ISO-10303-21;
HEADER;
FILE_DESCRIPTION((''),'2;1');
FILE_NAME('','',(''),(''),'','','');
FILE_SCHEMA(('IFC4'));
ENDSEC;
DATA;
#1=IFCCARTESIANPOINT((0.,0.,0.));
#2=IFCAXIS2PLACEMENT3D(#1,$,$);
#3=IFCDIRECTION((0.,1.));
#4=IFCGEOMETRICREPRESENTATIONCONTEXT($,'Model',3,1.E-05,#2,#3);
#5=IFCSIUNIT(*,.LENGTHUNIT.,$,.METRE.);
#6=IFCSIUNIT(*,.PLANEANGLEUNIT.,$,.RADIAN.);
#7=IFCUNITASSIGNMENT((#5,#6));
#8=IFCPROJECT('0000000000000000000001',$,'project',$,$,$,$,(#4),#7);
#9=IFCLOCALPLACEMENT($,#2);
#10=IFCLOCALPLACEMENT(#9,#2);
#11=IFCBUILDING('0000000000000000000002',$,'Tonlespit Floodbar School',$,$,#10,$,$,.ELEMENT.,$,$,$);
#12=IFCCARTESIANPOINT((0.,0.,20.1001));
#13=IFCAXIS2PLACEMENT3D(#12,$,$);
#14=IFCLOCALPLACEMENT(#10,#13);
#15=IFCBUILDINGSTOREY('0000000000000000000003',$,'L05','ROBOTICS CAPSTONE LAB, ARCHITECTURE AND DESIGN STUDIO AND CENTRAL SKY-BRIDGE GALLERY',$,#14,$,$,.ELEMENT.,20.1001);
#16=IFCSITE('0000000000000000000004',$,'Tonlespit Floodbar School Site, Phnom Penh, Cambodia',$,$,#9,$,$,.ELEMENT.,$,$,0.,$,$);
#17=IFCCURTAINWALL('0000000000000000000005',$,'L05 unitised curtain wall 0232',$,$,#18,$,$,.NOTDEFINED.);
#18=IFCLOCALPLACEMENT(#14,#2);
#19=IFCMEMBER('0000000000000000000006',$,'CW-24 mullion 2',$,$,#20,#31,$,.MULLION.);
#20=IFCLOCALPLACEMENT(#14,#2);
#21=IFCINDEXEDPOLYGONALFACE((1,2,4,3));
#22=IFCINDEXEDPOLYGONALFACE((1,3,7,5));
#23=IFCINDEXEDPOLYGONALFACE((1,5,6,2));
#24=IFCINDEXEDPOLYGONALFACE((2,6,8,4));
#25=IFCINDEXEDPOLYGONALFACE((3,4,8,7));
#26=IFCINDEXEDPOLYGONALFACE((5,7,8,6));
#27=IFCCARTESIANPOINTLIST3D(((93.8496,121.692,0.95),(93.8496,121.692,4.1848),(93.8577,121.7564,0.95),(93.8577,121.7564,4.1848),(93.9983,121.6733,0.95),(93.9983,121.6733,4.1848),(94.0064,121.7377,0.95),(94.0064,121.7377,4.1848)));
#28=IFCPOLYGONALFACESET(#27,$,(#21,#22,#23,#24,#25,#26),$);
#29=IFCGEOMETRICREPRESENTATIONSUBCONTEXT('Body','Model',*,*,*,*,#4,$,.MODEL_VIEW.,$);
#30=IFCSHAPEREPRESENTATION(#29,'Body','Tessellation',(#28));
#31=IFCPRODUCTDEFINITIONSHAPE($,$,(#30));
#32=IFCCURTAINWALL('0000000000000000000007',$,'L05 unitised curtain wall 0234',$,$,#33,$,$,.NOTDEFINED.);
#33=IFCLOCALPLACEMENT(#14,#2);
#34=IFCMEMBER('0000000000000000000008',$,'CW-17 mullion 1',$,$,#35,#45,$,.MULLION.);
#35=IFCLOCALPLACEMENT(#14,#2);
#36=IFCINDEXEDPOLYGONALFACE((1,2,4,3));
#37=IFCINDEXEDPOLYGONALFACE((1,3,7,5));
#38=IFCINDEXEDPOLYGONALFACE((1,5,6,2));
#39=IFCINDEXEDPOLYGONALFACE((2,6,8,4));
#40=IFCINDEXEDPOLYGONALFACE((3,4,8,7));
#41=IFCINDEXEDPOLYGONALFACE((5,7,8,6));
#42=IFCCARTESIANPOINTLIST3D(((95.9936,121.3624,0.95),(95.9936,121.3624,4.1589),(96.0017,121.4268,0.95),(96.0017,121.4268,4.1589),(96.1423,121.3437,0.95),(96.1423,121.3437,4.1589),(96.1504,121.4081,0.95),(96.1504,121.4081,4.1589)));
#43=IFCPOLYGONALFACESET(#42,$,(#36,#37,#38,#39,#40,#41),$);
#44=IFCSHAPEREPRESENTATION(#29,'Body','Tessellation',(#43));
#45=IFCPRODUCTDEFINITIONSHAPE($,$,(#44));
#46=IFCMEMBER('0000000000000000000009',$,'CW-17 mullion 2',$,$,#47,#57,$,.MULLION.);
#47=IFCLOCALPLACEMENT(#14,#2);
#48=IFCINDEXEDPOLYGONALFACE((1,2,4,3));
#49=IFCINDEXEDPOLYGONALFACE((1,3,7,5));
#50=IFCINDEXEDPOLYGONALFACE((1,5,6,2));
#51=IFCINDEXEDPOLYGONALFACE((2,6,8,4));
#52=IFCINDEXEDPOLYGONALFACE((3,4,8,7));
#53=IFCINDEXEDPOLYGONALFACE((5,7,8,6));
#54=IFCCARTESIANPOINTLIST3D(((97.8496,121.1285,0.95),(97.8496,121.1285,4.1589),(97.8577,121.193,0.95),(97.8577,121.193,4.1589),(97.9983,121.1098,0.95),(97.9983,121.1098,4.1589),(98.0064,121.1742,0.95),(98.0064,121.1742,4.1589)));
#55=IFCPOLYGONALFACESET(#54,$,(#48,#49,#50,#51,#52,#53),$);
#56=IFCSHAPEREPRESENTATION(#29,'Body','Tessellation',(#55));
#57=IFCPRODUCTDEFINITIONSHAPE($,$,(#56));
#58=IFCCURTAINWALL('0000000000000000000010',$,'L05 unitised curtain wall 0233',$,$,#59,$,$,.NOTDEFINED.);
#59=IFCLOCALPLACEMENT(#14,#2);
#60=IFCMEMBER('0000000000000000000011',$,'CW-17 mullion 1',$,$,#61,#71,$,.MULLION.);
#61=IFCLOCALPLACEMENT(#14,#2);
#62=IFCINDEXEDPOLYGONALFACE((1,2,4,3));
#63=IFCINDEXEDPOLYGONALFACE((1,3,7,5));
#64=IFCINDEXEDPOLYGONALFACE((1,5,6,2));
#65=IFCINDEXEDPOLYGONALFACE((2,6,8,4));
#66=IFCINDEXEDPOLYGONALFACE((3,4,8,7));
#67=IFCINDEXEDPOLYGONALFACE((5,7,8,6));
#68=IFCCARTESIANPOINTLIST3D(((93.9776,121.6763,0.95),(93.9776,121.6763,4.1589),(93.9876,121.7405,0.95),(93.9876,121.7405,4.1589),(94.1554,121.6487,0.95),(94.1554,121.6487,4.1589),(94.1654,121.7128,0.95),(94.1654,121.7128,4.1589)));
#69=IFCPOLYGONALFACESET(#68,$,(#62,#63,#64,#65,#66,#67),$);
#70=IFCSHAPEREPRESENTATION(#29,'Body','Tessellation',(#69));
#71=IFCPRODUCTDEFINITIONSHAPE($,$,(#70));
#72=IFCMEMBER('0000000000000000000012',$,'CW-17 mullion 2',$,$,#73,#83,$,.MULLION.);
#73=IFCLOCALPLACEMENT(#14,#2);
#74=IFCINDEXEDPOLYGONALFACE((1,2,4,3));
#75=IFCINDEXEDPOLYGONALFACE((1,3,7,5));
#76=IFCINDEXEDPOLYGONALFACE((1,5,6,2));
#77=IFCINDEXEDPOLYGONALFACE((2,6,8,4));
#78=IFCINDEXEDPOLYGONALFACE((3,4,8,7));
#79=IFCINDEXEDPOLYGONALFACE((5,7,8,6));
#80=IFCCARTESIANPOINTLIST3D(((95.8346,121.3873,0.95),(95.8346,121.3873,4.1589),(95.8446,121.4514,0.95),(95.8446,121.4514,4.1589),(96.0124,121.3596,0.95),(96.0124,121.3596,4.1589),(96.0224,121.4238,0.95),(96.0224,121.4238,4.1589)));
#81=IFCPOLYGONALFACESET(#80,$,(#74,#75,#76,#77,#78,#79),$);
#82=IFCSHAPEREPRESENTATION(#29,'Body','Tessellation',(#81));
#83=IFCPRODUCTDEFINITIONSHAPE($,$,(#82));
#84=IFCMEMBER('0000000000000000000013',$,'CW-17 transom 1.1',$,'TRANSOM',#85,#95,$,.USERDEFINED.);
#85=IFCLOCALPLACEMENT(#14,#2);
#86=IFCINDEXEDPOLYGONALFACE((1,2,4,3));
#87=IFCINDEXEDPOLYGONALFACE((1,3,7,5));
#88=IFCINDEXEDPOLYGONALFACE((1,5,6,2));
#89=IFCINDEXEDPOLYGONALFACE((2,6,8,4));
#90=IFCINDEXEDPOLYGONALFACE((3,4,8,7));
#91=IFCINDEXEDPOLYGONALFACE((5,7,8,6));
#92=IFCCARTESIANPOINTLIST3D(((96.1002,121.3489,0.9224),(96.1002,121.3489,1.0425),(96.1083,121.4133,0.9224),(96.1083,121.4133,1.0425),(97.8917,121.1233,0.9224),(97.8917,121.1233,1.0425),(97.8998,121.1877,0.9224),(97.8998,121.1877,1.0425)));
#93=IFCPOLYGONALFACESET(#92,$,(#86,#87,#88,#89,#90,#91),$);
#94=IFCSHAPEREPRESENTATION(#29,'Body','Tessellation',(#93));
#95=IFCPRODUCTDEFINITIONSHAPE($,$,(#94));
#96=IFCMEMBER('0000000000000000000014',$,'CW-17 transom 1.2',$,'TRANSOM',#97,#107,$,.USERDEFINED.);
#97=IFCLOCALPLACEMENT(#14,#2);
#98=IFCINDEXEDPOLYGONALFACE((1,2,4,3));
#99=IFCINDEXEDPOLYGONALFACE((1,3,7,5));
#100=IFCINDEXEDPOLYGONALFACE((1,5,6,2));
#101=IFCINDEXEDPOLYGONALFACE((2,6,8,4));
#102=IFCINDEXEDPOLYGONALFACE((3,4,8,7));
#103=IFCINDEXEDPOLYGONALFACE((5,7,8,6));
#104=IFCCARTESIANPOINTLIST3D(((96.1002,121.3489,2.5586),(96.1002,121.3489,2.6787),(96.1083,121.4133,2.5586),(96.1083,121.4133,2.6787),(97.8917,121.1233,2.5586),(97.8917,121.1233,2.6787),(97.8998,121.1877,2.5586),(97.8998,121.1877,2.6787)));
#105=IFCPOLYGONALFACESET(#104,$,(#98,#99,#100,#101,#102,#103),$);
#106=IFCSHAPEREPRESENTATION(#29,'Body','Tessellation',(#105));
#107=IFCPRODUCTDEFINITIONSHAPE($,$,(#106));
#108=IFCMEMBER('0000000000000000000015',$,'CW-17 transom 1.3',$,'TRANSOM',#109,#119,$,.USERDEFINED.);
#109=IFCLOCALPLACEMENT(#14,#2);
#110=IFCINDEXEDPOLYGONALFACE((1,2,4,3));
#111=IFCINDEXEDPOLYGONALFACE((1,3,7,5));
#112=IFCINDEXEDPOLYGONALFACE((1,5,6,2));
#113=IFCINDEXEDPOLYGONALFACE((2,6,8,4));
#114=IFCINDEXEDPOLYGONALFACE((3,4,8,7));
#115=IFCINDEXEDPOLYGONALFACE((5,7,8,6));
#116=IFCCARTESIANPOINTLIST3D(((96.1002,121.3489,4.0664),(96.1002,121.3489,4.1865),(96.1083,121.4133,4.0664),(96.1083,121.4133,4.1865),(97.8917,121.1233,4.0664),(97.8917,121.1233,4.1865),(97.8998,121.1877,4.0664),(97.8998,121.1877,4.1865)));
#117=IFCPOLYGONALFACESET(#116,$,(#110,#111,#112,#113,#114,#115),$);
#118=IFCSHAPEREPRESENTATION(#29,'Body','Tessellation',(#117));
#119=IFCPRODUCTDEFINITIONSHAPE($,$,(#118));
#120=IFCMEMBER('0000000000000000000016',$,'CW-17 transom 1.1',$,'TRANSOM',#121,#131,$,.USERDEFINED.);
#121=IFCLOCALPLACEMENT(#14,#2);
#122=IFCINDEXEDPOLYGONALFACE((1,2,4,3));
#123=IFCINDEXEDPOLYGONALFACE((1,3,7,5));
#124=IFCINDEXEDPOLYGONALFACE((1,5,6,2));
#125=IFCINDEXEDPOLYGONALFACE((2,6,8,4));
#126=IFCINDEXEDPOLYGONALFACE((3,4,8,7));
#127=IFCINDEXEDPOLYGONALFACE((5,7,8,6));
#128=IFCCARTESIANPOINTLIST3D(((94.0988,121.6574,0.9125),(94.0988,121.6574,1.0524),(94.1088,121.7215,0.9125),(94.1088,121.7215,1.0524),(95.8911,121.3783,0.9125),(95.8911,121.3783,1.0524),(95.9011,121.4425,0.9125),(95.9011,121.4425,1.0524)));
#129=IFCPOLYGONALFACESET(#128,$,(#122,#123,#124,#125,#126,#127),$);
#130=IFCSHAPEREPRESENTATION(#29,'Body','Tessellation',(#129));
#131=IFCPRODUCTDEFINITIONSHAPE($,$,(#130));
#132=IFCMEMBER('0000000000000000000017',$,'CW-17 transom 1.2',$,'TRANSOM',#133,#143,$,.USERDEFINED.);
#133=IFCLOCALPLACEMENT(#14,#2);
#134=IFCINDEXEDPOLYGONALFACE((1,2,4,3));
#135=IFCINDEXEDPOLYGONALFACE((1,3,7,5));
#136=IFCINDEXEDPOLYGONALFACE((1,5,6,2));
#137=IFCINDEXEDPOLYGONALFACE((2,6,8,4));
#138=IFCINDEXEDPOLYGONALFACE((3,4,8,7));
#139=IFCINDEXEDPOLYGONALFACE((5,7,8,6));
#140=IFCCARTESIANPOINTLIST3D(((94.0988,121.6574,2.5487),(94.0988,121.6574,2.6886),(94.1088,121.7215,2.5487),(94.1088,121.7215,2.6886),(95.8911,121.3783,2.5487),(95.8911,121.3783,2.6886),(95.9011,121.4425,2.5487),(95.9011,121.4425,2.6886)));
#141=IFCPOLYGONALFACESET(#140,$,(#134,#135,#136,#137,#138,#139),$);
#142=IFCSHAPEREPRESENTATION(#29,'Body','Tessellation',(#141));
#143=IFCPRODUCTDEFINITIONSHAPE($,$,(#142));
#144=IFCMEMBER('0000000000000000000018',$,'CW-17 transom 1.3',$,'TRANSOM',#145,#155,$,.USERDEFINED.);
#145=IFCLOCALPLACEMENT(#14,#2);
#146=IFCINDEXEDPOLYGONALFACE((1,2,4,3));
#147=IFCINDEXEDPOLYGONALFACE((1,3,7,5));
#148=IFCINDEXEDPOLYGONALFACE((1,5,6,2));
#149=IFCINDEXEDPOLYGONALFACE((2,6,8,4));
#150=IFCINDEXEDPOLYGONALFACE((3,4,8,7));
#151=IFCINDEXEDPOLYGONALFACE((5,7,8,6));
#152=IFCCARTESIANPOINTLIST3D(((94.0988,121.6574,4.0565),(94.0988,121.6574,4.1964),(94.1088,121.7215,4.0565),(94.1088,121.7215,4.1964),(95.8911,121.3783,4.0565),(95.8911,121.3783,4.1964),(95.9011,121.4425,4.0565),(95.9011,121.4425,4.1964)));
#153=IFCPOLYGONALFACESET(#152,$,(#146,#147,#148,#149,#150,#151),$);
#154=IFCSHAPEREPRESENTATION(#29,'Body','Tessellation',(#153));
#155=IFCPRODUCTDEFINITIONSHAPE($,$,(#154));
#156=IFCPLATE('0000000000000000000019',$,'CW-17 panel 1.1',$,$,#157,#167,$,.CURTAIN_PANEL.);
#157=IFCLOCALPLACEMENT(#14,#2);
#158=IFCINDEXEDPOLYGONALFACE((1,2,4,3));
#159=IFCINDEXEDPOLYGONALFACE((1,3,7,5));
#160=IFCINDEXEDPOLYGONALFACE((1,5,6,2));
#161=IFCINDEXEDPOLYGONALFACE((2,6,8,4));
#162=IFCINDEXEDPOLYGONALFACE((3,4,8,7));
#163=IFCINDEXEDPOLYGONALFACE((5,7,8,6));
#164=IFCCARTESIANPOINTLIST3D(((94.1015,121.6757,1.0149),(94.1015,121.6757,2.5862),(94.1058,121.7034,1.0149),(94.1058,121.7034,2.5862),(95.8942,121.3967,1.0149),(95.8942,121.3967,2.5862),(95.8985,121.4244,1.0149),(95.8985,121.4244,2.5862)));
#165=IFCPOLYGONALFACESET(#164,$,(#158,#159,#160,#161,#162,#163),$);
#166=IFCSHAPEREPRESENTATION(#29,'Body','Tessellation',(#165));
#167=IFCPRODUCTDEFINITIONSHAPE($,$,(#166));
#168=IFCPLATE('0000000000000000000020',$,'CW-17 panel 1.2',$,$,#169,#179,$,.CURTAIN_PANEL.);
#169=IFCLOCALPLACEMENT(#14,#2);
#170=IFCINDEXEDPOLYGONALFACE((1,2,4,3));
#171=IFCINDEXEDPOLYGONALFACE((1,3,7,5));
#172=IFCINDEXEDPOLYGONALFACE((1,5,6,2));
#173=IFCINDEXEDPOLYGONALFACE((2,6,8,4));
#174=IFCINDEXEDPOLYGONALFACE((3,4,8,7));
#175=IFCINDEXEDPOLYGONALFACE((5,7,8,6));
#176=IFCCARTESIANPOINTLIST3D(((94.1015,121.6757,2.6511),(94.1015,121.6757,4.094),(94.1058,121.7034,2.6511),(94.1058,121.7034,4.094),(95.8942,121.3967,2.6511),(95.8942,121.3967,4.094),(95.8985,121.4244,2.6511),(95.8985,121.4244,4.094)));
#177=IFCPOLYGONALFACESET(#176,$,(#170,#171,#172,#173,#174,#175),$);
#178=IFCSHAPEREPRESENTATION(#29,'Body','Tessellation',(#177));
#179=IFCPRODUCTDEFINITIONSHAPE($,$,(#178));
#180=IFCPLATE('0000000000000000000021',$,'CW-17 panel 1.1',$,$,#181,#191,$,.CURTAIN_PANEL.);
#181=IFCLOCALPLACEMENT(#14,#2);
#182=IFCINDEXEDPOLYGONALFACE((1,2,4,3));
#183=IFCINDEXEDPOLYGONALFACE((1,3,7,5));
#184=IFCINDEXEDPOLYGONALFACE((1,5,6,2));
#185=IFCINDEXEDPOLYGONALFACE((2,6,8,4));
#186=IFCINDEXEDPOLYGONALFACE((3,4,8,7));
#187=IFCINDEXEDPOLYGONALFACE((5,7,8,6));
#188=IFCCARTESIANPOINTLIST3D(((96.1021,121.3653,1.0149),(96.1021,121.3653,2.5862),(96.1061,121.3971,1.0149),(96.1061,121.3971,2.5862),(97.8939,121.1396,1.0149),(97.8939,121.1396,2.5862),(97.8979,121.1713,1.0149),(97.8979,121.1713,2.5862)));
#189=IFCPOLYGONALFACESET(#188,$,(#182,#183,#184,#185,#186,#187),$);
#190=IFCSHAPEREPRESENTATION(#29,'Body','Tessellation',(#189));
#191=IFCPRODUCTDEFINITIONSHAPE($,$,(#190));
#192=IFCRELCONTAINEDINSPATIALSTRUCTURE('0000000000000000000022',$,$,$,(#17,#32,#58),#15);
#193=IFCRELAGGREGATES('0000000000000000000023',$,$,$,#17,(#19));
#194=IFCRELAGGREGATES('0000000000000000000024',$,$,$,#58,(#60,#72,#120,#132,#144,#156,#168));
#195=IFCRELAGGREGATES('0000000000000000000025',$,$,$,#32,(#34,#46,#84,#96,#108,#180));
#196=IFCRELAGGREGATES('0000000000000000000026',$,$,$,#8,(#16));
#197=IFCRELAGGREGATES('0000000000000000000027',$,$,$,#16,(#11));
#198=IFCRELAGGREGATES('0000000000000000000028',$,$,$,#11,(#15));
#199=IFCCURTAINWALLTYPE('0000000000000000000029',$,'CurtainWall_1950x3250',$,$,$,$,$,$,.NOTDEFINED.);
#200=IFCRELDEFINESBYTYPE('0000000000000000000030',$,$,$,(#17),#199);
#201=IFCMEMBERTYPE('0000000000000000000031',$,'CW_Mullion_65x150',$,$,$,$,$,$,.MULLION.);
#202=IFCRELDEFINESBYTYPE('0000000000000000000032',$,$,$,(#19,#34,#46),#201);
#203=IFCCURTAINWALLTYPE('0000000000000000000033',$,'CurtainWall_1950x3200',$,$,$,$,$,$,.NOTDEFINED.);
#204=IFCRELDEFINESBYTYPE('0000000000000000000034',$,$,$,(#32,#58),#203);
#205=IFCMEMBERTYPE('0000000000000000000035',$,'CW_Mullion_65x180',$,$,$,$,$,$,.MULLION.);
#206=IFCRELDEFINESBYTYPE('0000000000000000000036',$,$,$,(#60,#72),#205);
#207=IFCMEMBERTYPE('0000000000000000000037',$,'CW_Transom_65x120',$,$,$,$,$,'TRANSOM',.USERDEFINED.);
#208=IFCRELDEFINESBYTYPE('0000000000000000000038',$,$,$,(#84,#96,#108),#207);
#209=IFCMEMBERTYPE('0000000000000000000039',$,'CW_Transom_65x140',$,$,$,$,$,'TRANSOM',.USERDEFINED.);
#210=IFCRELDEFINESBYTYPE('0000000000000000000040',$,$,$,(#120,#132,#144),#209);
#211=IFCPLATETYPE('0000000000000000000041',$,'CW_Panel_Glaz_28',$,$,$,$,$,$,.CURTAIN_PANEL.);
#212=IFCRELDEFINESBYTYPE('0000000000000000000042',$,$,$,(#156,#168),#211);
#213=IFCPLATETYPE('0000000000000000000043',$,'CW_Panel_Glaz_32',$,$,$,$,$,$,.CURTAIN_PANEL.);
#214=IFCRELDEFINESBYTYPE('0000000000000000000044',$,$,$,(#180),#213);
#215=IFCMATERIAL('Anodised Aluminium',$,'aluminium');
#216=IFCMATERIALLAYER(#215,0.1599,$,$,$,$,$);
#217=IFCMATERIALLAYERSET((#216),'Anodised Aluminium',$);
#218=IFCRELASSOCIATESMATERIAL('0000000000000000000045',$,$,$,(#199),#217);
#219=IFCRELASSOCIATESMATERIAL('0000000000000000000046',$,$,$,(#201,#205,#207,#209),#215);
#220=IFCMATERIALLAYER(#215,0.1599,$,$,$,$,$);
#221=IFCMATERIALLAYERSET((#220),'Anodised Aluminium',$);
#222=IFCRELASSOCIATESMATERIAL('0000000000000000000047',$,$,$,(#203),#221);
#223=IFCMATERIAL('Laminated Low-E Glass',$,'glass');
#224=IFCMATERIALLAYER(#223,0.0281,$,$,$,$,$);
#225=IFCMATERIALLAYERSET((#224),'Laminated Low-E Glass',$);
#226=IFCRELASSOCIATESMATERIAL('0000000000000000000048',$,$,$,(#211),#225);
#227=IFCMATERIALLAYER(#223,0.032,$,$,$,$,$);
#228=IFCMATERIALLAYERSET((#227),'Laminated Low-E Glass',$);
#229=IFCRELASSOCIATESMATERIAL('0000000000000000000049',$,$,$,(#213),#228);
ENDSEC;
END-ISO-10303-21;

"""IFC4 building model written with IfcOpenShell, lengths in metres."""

from ifc_helpers import new_model, si_unit, direction, frame, origin, origin_2d, place, context, subcontext, project, spatial, rectangle, extrude, material, layer, layer_set, material_profile, profile_set, type_object, element, aggregate, save


model = new_model("IFC4")

# Units and contexts
model_context = context("Model", 3, precision=1e-05, world=origin(), true_north=direction((0.0, 1.0)))
body_context = subcontext(model_context, "Body", "Model", "MODEL_VIEW")
ifc_project = project(units=[si_unit("LENGTHUNIT", "METRE"), si_unit("PLANEANGLEUNIT", "RADIAN")], contexts=[model_context])

# Site, building, storey
site_placement = place(None, origin())
site = spatial("IfcSite", under=ifc_project, at=site_placement, Name="Tonlespit Floodbar School Site, Phnom Penh, Cambodia", CompositionType="ELEMENT", RefElevation=0.0)
building_placement = place(site_placement, origin())
building = spatial("IfcBuilding", under=site, at=building_placement, Name="Tonlespit Floodbar School", CompositionType="ELEMENT")
storey_placement = place(building_placement, frame((0.0, 0.0, 20.1001)))
storey = spatial("IfcBuildingStorey", under=building, at=storey_placement, Name="L05", Description="ROBOTICS CAPSTONE LAB, ARCHITECTURE AND DESIGN STUDIO AND CENTRAL SKY-BRIDGE GALLERY", CompositionType="ELEMENT", Elevation=20.1001)

# Curtain wall, member
ifc_material_1 = material(Name="Anodised Aluminium", Category="aluminium")
ifc_layer_1 = layer(ifc_material_1, 0.1599)
ifc_layer_set_1 = layer_set([ifc_layer_1], Name="Anodised Aluminium")
curtain_wall_type_1 = type_object("IfcCurtainWallType", Name="CurtainWall_1950x3250", PredefinedType="NOTDEFINED", material=ifc_layer_set_1)
curtain_wall_1_placement = place(storey_placement, origin())
curtain_wall_1 = element("IfcCurtainWall", 1, at=curtain_wall_1_placement, inside=storey, type_object=curtain_wall_type_1, Name="L05 unitised curtain wall 0232", PredefinedType="NOTDEFINED")
ifc_material_profile_1 = material_profile(ifc_material_1, rectangle(XDim=0.0649, YDim=0.1499, at=origin_2d()), Name="ALU M65x150")
ifc_profile_set_1 = profile_set([ifc_material_profile_1], Name="Anodised Aluminium")
member_type_1 = type_object("IfcMemberType", Name="CW_Mullion_65x150", PredefinedType="MULLION", material=ifc_profile_set_1)
member_1_placement = place(storey_placement, frame((93.928, 121.7148, 0.95), z_axis=(0.0, 0.0, 1.0), x_axis=(0.125014, 0.992155, 0.0)))
member_1 = element("IfcMember", 2, at=member_1_placement, type_object=member_type_1, Name="CW-24 mullion 2", PredefinedType="MULLION", context=body_context, shape_type="SweptSolid", body=[
    extrude(rectangle(XDim=0.0649, YDim=0.1499, at=origin_2d()), origin(), (0.0, 0.0, 1.0), 3.2349),
])
aggregate(curtain_wall_1, [member_1])

# Curtain walls, members
ifc_layer_2 = layer(ifc_material_1, 0.1599)
ifc_layer_set_2 = layer_set([ifc_layer_2], Name="Anodised Aluminium")
curtain_wall_type_2 = type_object("IfcCurtainWallType", Name="CurtainWall_1950x3200", PredefinedType="NOTDEFINED", material=ifc_layer_set_2)
curtain_wall_2_placement = place(storey_placement, origin())
curtain_wall_2 = element("IfcCurtainWall", 3, at=curtain_wall_2_placement, inside=storey, type_object=curtain_wall_type_2, Name="L05 unitised curtain wall 0234", PredefinedType="NOTDEFINED")
member_2_placement = place(storey_placement, frame((96.072, 121.3853, 0.95), z_axis=(0.0, 0.0, 1.0), x_axis=(0.125014, 0.992155, 0.0)))
member_2 = element("IfcMember", 4, at=member_2_placement, type_object=member_type_1, Name="CW-17 mullion 1", PredefinedType="MULLION", context=body_context, shape_type="SweptSolid", body=[
    extrude(rectangle(XDim=0.0649, YDim=0.1499, at=origin_2d()), origin(), (0.0, 0.0, 1.0), 3.209),
])
member_3_placement = place(storey_placement, frame((97.928, 121.1514, 0.95), z_axis=(0.0, 0.0, 1.0), x_axis=(0.125014, 0.992155, 0.0)))
member_3 = element("IfcMember", 5, at=member_3_placement, type_object=member_type_1, Name="CW-17 mullion 2", PredefinedType="MULLION", context=body_context, shape_type="SweptSolid", body=[
    extrude(rectangle(XDim=0.0649, YDim=0.1499, at=origin_2d()), origin(), (0.0, 0.0, 1.0), 3.209),
])
curtain_wall_3_placement = place(storey_placement, origin())
curtain_wall_3 = element("IfcCurtainWall", 6, at=curtain_wall_3_placement, inside=storey, type_object=curtain_wall_type_2, Name="L05 unitised curtain wall 0233", PredefinedType="NOTDEFINED")
ifc_material_profile_2 = material_profile(ifc_material_1, rectangle(XDim=0.0649, YDim=0.1799, at=origin_2d()), Name="ALU M65x180")
ifc_profile_set_2 = profile_set([ifc_material_profile_2], Name="Anodised Aluminium")
member_type_2 = type_object("IfcMemberType", Name="CW_Mullion_65x180", PredefinedType="MULLION", material=ifc_profile_set_2)
member_4_placement = place(storey_placement, frame((94.0715, 121.6946, 0.95), z_axis=(0.0, 0.0, 1.0), x_axis=(0.153796, 0.988103, 0.0)))
member_4 = element("IfcMember", 7, at=member_4_placement, type_object=member_type_2, Name="CW-17 mullion 1", PredefinedType="MULLION", context=body_context, shape_type="SweptSolid", body=[
    extrude(rectangle(XDim=0.0649, YDim=0.1799, at=origin_2d()), origin(), (0.0, 0.0, 1.0), 3.209),
])
member_5_placement = place(storey_placement, frame((95.9285, 121.4055, 0.95), z_axis=(0.0, 0.0, 1.0), x_axis=(0.153796, 0.988103, 0.0)))
member_5 = element("IfcMember", 8, at=member_5_placement, type_object=member_type_2, Name="CW-17 mullion 2", PredefinedType="MULLION", context=body_context, shape_type="SweptSolid", body=[
    extrude(rectangle(XDim=0.0649, YDim=0.1799, at=origin_2d()), origin(), (0.0, 0.0, 1.0), 3.209),
])

# Members
ifc_material_profile_3 = material_profile(ifc_material_1, rectangle(XDim=0.0649, YDim=0.1201, at=origin_2d()), Name="ALU T65x120")
ifc_profile_set_3 = profile_set([ifc_material_profile_3], Name="Anodised Aluminium")
member_type_3 = type_object("IfcMemberType", Name="CW_Transom_65x120", ElementType="TRANSOM", PredefinedType="USERDEFINED", material=ifc_profile_set_3)
member_6_placement = place(storey_placement, frame((96.1042, 121.3811, 0.9824), z_axis=(0.992165, -0.124933, 0.0), x_axis=(0.124933, 0.992165, 0.0)))
member_6 = element("IfcMember", 9, at=member_6_placement, type_object=member_type_3, Name="CW-17 transom 1.1", ObjectType="TRANSOM", PredefinedType="USERDEFINED", context=body_context, shape_type="SweptSolid", body=[
    extrude(rectangle(XDim=0.0649, YDim=0.1201, at=origin_2d()), origin(), (0.0, 0.0, 1.0), 1.8057),
])
member_7_placement = place(storey_placement, frame((96.1042, 121.3811, 2.6187), z_axis=(0.992165, -0.124933, 0.0), x_axis=(0.124933, 0.992165, 0.0)))
member_7 = element("IfcMember", 10, at=member_7_placement, type_object=member_type_3, Name="CW-17 transom 1.2", ObjectType="TRANSOM", PredefinedType="USERDEFINED", context=body_context, shape_type="SweptSolid", body=[
    extrude(rectangle(XDim=0.0649, YDim=0.1201, at=origin_2d()), origin(), (0.0, 0.0, 1.0), 1.8057),
])
member_8_placement = place(storey_placement, frame((96.1042, 121.3811, 4.1265), z_axis=(0.992165, -0.124933, 0.0), x_axis=(0.124933, 0.992165, 0.0)))
member_8 = element("IfcMember", 11, at=member_8_placement, type_object=member_type_3, Name="CW-17 transom 1.3", ObjectType="TRANSOM", PredefinedType="USERDEFINED", context=body_context, shape_type="SweptSolid", body=[
    extrude(rectangle(XDim=0.0649, YDim=0.1201, at=origin_2d()), origin(), (0.0, 0.0, 1.0), 1.8057),
])
ifc_material_profile_4 = material_profile(ifc_material_1, rectangle(XDim=0.0649, YDim=0.1399, at=origin_2d()), Name="ALU T65x140")
ifc_profile_set_4 = profile_set([ifc_material_profile_4], Name="Anodised Aluminium")
member_type_4 = type_object("IfcMemberType", Name="CW_Transom_65x140", ElementType="TRANSOM", PredefinedType="USERDEFINED", material=ifc_profile_set_4)
member_9_placement = place(storey_placement, frame((94.1038, 121.6895, 0.9824), z_axis=(0.988098, -0.153827, 0.0), x_axis=(0.153827, 0.988098, 0.0)))
member_9 = element("IfcMember", 12, at=member_9_placement, type_object=member_type_4, Name="CW-17 transom 1.1", ObjectType="TRANSOM", PredefinedType="USERDEFINED", context=body_context, shape_type="SweptSolid", body=[
    extrude(rectangle(XDim=0.0649, YDim=0.1399, at=origin_2d()), origin(), (0.0, 0.0, 1.0), 1.814),
])
member_10_placement = place(storey_placement, frame((94.1038, 121.6895, 2.6187), z_axis=(0.988098, -0.153827, 0.0), x_axis=(0.153827, 0.988098, 0.0)))
member_10 = element("IfcMember", 13, at=member_10_placement, type_object=member_type_4, Name="CW-17 transom 1.2", ObjectType="TRANSOM", PredefinedType="USERDEFINED", context=body_context, shape_type="SweptSolid", body=[
    extrude(rectangle(XDim=0.0649, YDim=0.1399, at=origin_2d()), origin(), (0.0, 0.0, 1.0), 1.814),
])
member_11_placement = place(storey_placement, frame((94.1038, 121.6895, 4.1265), z_axis=(0.988098, -0.153827, 0.0), x_axis=(0.153827, 0.988098, 0.0)))
member_11 = element("IfcMember", 14, at=member_11_placement, type_object=member_type_4, Name="CW-17 transom 1.3", ObjectType="TRANSOM", PredefinedType="USERDEFINED", context=body_context, shape_type="SweptSolid", body=[
    extrude(rectangle(XDim=0.0649, YDim=0.1399, at=origin_2d()), origin(), (0.0, 0.0, 1.0), 1.814),
])

# Plates
ifc_material_2 = material(Name="Laminated Low-E Glass", Category="glass")
ifc_layer_3 = layer(ifc_material_2, 0.0281)
ifc_layer_set_3 = layer_set([ifc_layer_3], Name="Laminated Low-E Glass")
plate_type_1 = type_object("IfcPlateType", Name="CW_Panel_Glaz_28", PredefinedType="CURTAIN_PANEL", material=ifc_layer_set_3)
plate_1_placement = place(storey_placement, frame((95.0, 121.55, 1.0149), z_axis=(0.0, 0.0, 1.0), x_axis=(0.988103, -0.153796, 0.0)))
plate_1 = element("IfcPlate", 15, at=plate_1_placement, type_object=plate_type_1, Name="CW-17 panel 1.1", PredefinedType="CURTAIN_PANEL", context=body_context, shape_type="SweptSolid", body=[
    extrude(rectangle(XDim=1.8142, YDim=0.0281, at=origin_2d()), origin(), (0.0, 0.0, 1.0), 1.5713),
])
plate_2_placement = place(storey_placement, frame((95.0, 121.55, 2.6511), z_axis=(0.0, 0.0, 1.0), x_axis=(0.988103, -0.153796, 0.0)))
plate_2 = element("IfcPlate", 16, at=plate_2_placement, type_object=plate_type_1, Name="CW-17 panel 1.2", PredefinedType="CURTAIN_PANEL", context=body_context, shape_type="SweptSolid", body=[
    extrude(rectangle(XDim=1.8142, YDim=0.0281, at=origin_2d()), origin(), (0.0, 0.0, 1.0), 1.4429),
])
aggregate(curtain_wall_3, [member_4, member_5, member_9, member_10, member_11, plate_1, plate_2])
ifc_layer_4 = layer(ifc_material_2, 0.032)
ifc_layer_set_4 = layer_set([ifc_layer_4], Name="Laminated Low-E Glass")
plate_type_2 = type_object("IfcPlateType", Name="CW_Panel_Glaz_32", PredefinedType="CURTAIN_PANEL", material=ifc_layer_set_4)
plate_3_placement = place(storey_placement, frame((97.0, 121.2683, 1.0149), z_axis=(0.0, 0.0, 1.0), x_axis=(0.992155, -0.125014, 0.0)))
plate_3 = element("IfcPlate", 17, at=plate_3_placement, type_object=plate_type_2, Name="CW-17 panel 1.1", PredefinedType="CURTAIN_PANEL", context=body_context, shape_type="SweptSolid", body=[
    extrude(rectangle(XDim=1.8059, YDim=0.032, at=origin_2d()), origin(), (0.0, 0.0, 1.0), 1.5713),
])
aggregate(curtain_wall_2, [member_2, member_3, member_6, member_7, member_8, plate_3])

save(model, "model.ifc")
